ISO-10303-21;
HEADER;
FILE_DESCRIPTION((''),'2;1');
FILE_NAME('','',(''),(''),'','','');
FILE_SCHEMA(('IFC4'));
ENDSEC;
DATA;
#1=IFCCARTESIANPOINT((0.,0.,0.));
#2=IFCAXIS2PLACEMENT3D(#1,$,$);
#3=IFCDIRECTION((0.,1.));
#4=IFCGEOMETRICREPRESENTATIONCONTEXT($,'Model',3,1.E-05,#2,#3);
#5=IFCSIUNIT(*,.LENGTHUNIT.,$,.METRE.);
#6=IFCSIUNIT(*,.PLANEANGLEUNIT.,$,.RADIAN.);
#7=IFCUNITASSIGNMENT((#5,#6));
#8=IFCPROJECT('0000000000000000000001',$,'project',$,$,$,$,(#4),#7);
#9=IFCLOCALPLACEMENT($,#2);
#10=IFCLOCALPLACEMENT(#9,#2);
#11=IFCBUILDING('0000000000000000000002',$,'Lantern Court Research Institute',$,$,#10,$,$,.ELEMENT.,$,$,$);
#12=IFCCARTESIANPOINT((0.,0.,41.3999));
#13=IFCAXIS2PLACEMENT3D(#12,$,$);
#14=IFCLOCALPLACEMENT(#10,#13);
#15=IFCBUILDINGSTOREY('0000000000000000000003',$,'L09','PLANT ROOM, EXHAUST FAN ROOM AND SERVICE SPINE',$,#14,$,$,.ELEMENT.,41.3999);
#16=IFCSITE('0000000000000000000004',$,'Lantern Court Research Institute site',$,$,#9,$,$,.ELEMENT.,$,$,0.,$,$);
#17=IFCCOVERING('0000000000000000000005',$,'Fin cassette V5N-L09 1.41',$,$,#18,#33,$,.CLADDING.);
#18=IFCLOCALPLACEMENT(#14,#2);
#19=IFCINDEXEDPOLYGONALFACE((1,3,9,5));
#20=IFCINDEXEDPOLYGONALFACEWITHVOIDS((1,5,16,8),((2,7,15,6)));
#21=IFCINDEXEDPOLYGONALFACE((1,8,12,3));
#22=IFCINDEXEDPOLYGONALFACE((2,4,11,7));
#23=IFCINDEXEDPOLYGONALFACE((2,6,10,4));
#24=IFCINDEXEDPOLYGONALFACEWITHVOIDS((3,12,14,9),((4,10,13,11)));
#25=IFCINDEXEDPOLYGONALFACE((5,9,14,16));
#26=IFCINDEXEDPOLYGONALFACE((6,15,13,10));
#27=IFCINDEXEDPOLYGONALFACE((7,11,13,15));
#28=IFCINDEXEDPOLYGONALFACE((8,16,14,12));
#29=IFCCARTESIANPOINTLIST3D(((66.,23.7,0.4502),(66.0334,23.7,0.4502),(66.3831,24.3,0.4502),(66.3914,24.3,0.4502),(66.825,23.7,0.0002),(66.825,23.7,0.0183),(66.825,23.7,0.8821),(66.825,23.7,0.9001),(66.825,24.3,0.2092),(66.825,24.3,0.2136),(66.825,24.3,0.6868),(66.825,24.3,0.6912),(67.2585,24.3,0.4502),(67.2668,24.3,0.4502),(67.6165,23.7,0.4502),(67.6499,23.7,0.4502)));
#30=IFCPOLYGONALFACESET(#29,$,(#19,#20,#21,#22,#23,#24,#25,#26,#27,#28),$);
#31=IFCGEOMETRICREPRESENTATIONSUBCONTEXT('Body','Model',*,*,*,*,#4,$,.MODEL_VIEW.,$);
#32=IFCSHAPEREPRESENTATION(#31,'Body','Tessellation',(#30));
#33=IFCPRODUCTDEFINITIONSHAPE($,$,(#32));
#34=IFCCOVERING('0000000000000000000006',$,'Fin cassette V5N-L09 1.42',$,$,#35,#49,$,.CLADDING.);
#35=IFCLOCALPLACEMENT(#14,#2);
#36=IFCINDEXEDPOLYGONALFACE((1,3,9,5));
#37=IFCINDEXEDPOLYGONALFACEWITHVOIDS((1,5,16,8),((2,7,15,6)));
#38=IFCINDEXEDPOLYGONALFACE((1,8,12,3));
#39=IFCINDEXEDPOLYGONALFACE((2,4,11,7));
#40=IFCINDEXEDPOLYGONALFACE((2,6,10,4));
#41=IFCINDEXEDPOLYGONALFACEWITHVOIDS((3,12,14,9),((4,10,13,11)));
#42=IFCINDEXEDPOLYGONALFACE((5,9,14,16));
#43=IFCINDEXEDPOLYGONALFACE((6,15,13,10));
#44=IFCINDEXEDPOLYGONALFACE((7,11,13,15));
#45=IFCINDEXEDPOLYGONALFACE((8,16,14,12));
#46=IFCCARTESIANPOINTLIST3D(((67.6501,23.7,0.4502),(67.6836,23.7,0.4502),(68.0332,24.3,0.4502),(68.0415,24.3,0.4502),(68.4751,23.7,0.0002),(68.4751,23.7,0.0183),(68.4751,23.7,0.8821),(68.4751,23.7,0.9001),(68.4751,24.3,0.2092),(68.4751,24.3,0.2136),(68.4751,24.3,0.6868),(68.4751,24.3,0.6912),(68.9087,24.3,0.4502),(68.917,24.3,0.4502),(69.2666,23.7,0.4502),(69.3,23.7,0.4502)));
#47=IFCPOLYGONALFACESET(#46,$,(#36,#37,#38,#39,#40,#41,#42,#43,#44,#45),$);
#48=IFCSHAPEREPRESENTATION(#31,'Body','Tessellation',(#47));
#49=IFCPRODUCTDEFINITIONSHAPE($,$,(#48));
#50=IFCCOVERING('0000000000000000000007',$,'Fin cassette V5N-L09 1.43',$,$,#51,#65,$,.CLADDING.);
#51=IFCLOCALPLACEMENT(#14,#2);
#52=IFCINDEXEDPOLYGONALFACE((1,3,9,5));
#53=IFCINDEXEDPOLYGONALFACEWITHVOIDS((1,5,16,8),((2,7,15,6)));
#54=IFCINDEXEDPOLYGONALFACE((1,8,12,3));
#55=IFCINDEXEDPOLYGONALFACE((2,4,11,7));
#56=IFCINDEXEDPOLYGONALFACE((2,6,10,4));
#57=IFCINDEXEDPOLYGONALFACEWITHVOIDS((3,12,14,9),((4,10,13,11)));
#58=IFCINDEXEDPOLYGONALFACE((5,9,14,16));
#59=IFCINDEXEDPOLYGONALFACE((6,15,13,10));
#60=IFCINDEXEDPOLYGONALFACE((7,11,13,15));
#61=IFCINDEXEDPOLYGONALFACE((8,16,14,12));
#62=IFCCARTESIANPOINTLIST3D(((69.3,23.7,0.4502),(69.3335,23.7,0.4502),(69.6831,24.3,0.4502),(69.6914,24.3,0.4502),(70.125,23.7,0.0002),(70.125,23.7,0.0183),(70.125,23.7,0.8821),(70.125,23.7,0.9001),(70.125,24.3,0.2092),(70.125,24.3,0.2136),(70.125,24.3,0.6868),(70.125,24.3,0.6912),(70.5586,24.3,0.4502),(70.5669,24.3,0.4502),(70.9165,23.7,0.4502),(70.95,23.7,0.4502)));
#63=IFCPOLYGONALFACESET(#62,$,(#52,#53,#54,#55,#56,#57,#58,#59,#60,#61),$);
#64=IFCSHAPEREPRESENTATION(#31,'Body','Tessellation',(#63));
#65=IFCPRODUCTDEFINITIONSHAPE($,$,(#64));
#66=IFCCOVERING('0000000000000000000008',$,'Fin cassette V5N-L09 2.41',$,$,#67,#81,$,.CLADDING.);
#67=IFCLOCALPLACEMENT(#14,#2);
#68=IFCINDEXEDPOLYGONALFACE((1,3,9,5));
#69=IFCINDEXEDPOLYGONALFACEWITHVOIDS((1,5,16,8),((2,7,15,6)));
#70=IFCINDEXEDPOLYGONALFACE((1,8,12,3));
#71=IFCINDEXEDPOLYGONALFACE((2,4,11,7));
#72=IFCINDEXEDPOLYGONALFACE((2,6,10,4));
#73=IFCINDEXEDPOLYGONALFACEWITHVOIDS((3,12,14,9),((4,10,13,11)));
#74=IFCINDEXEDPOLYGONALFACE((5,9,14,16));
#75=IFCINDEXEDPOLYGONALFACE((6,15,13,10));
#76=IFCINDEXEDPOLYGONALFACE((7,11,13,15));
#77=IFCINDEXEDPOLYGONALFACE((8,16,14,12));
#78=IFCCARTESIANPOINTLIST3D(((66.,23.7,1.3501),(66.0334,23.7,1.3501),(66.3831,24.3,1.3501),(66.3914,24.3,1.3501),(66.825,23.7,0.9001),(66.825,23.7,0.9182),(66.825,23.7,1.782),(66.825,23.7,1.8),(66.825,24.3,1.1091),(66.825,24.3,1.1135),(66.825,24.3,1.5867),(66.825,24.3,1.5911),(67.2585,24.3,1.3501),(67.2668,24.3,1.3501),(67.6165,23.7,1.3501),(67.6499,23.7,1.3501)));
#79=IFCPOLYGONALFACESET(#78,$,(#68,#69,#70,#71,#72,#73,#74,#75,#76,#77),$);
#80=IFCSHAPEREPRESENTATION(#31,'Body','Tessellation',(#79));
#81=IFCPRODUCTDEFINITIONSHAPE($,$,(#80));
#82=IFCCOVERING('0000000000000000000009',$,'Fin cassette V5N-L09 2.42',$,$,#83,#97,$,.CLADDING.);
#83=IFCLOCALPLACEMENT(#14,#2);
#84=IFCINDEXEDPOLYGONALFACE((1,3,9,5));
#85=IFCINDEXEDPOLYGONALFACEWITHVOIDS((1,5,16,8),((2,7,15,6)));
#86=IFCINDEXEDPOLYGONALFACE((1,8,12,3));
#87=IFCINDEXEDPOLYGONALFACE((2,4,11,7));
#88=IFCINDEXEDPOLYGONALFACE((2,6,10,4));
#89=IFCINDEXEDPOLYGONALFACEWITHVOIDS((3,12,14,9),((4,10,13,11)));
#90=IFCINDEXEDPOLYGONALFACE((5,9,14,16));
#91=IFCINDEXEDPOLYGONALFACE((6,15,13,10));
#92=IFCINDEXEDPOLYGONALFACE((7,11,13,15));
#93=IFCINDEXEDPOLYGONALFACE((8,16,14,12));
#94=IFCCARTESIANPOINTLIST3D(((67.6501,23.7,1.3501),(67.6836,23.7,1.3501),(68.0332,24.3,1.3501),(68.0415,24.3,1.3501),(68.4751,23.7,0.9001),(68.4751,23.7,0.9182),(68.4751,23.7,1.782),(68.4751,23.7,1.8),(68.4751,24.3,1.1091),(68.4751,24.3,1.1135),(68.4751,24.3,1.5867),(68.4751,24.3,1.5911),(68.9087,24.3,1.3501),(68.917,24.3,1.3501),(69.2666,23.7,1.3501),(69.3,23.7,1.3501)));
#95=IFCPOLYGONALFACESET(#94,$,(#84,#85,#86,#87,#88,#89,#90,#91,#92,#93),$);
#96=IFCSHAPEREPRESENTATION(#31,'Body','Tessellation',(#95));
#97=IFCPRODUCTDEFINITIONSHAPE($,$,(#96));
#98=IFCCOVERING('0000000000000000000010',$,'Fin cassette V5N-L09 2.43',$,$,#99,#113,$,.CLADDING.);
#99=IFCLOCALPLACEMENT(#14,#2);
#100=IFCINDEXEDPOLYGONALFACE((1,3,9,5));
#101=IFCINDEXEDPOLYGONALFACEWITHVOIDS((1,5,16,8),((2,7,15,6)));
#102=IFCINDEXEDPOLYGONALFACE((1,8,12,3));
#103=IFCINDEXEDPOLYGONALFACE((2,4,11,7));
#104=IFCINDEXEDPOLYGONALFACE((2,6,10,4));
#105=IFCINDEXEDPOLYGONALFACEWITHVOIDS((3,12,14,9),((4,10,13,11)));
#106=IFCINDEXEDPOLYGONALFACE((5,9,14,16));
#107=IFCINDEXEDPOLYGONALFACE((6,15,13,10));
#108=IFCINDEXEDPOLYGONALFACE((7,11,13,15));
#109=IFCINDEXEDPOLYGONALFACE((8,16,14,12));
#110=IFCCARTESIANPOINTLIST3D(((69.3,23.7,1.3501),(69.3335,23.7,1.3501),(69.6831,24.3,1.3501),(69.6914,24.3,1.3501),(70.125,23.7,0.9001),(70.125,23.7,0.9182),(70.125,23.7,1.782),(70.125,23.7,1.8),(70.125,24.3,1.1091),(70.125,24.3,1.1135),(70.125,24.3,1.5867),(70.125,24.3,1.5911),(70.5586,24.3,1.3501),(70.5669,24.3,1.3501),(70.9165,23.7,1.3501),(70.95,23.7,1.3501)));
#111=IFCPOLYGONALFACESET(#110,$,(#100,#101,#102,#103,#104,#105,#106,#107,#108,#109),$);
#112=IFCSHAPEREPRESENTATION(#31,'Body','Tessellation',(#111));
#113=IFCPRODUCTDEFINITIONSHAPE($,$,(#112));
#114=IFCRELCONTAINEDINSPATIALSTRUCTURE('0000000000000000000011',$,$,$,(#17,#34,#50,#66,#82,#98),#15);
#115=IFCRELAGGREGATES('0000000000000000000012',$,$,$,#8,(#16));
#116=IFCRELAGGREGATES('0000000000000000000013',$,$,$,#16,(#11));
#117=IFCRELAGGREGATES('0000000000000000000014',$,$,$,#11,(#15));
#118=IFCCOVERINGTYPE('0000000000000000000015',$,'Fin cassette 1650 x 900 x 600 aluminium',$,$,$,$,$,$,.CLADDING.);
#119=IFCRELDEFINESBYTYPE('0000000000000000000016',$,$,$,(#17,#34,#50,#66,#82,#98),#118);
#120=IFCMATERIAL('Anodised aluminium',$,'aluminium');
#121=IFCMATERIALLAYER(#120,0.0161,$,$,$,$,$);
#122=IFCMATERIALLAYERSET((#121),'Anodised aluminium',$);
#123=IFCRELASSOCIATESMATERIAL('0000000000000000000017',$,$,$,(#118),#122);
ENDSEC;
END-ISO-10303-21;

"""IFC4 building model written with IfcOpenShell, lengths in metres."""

from ifc_helpers import new_model, entity, si_unit, direction, frame, origin, place, context, subcontext, project, spatial, material, layer, layer_set, type_object, element, save


model = new_model("IFC4")

# Units and contexts
model_context = context("Model", 3, precision=1e-05, world=origin(), true_north=direction((0.0, 1.0)))
body_context = subcontext(model_context, "Body", "Model", "MODEL_VIEW")
ifc_project = project(units=[si_unit("LENGTHUNIT", "METRE"), si_unit("PLANEANGLEUNIT", "RADIAN")], contexts=[model_context])

# Site, building, storey
site_placement = place(None, origin())
site = spatial("IfcSite", under=ifc_project, at=site_placement, Name="Lantern Court Research Institute site", CompositionType="ELEMENT", RefElevation=0.0)
building_placement = place(site_placement, origin())
building = spatial("IfcBuilding", under=site, at=building_placement, Name="Lantern Court Research Institute", CompositionType="ELEMENT")
storey_placement = place(building_placement, frame((0.0, 0.0, 41.3999)))
storey = spatial("IfcBuildingStorey", under=building, at=storey_placement, Name="L09", Description="PLANT ROOM, EXHAUST FAN ROOM AND SERVICE SPINE", CompositionType="ELEMENT", Elevation=41.3999)

# Coverings
ifc_material_1 = material(Name="Anodised aluminium", Category="aluminium")
ifc_layer_1 = layer(ifc_material_1, 0.0161)
ifc_layer_set_1 = layer_set([ifc_layer_1], Name="Anodised aluminium")
covering_type = type_object("IfcCoveringType", Name="Fin cassette 1650 x 900 x 600 aluminium", PredefinedType="CLADDING", material=ifc_layer_set_1)
covering_1_placement = place(storey_placement, frame((66.825, 23.7, 0.4502), z_axis=(0.0, 1.0, 0.0), x_axis=(-1.0, 0.0, 0.0)))
cartesian_point_1 = entity("IfcCartesianPoint", [0.825, 0.0])
cartesian_point_2 = entity("IfcCartesianPoint", [0.7915, 0.0])
cartesian_point_3 = entity("IfcCartesianPoint", [0.4419, 0.0])
cartesian_point_4 = entity("IfcCartesianPoint", [0.4336, 0.0])
element("IfcCovering", 1, at=covering_1_placement, inside=storey, type_object=covering_type, Name="Fin cassette V5N-L09 1.41", PredefinedType="CLADDING", context=body_context, shape_type="SweptSolid", body=[
    entity("IfcExtrudedAreaSolidTapered", entity("IfcArbitraryProfileDefWithVoids", "AREA", None, entity("IfcPolyline", [cartesian_point_1, entity("IfcCartesianPoint", [0.0, 0.45]), entity("IfcCartesianPoint", [-0.825, 0.0]), entity("IfcCartesianPoint", [0.0, -0.45]), cartesian_point_1]), [entity("IfcPolyline", [cartesian_point_2, entity("IfcCartesianPoint", [0.0, 0.4319]), entity("IfcCartesianPoint", [-0.7915, 0.0]), entity("IfcCartesianPoint", [0.0, -0.4319]), cartesian_point_2])]), entity("IfcAxis2Placement3D", entity("IfcCartesianPoint", [0.0, 0.0, 0.0])), entity("IfcDirection", [0.0, 0.0, 1.0]), 0.6001, entity("IfcArbitraryProfileDefWithVoids", "AREA", None, entity("IfcPolyline", [cartesian_point_3, entity("IfcCartesianPoint", [0.0, 0.241]), entity("IfcCartesianPoint", [-0.4419, 0.0]), entity("IfcCartesianPoint", [0.0, -0.241]), cartesian_point_3]), [entity("IfcPolyline", [cartesian_point_4, entity("IfcCartesianPoint", [0.0, 0.2366]), entity("IfcCartesianPoint", [-0.4336, 0.0]), entity("IfcCartesianPoint", [0.0, -0.2366]), cartesian_point_4])])),
])
covering_2_placement = place(storey_placement, frame((68.4751, 23.7, 0.4502), z_axis=(0.0, 1.0, 0.0), x_axis=(-1.0, 0.0, 0.0)))
cartesian_point_5 = entity("IfcCartesianPoint", [0.825, 0.0])
cartesian_point_6 = entity("IfcCartesianPoint", [0.7915, 0.0])
cartesian_point_7 = entity("IfcCartesianPoint", [0.4419, 0.0])
cartesian_point_8 = entity("IfcCartesianPoint", [0.4336, 0.0])
element("IfcCovering", 2, at=covering_2_placement, inside=storey, type_object=covering_type, Name="Fin cassette V5N-L09 1.42", PredefinedType="CLADDING", context=body_context, shape_type="SweptSolid", body=[
    entity("IfcExtrudedAreaSolidTapered", entity("IfcArbitraryProfileDefWithVoids", "AREA", None, entity("IfcPolyline", [cartesian_point_5, entity("IfcCartesianPoint", [0.0, 0.45]), entity("IfcCartesianPoint", [-0.825, 0.0]), entity("IfcCartesianPoint", [0.0, -0.45]), cartesian_point_5]), [entity("IfcPolyline", [cartesian_point_6, entity("IfcCartesianPoint", [0.0, 0.4319]), entity("IfcCartesianPoint", [-0.7915, 0.0]), entity("IfcCartesianPoint", [0.0, -0.4319]), cartesian_point_6])]), entity("IfcAxis2Placement3D", entity("IfcCartesianPoint", [0.0, 0.0, 0.0])), entity("IfcDirection", [0.0, 0.0, 1.0]), 0.6001, entity("IfcArbitraryProfileDefWithVoids", "AREA", None, entity("IfcPolyline", [cartesian_point_7, entity("IfcCartesianPoint", [0.0, 0.241]), entity("IfcCartesianPoint", [-0.4419, 0.0]), entity("IfcCartesianPoint", [0.0, -0.241]), cartesian_point_7]), [entity("IfcPolyline", [cartesian_point_8, entity("IfcCartesianPoint", [0.0, 0.2366]), entity("IfcCartesianPoint", [-0.4336, 0.0]), entity("IfcCartesianPoint", [0.0, -0.2366]), cartesian_point_8])])),
])
covering_3_placement = place(storey_placement, frame((70.125, 23.7, 0.4502), z_axis=(0.0, 1.0, 0.0), x_axis=(-1.0, 0.0, 0.0)))
cartesian_point_9 = entity("IfcCartesianPoint", [0.825, 0.0])
cartesian_point_10 = entity("IfcCartesianPoint", [0.7915, 0.0])
cartesian_point_11 = entity("IfcCartesianPoint", [0.4419, 0.0])
cartesian_point_12 = entity("IfcCartesianPoint", [0.4336, 0.0])
element("IfcCovering", 3, at=covering_3_placement, inside=storey, type_object=covering_type, Name="Fin cassette V5N-L09 1.43", PredefinedType="CLADDING", context=body_context, shape_type="SweptSolid", body=[
    entity("IfcExtrudedAreaSolidTapered", entity("IfcArbitraryProfileDefWithVoids", "AREA", None, entity("IfcPolyline", [cartesian_point_9, entity("IfcCartesianPoint", [0.0, 0.45]), entity("IfcCartesianPoint", [-0.825, 0.0]), entity("IfcCartesianPoint", [0.0, -0.45]), cartesian_point_9]), [entity("IfcPolyline", [cartesian_point_10, entity("IfcCartesianPoint", [0.0, 0.4319]), entity("IfcCartesianPoint", [-0.7915, 0.0]), entity("IfcCartesianPoint", [0.0, -0.4319]), cartesian_point_10])]), entity("IfcAxis2Placement3D", entity("IfcCartesianPoint", [0.0, 0.0, 0.0])), entity("IfcDirection", [0.0, 0.0, 1.0]), 0.6001, entity("IfcArbitraryProfileDefWithVoids", "AREA", None, entity("IfcPolyline", [cartesian_point_11, entity("IfcCartesianPoint", [0.0, 0.241]), entity("IfcCartesianPoint", [-0.4419, 0.0]), entity("IfcCartesianPoint", [0.0, -0.241]), cartesian_point_11]), [entity("IfcPolyline", [cartesian_point_12, entity("IfcCartesianPoint", [0.0, 0.2366]), entity("IfcCartesianPoint", [-0.4336, 0.0]), entity("IfcCartesianPoint", [0.0, -0.2366]), cartesian_point_12])])),
])
covering_4_placement = place(storey_placement, frame((66.825, 23.7, 1.3501), z_axis=(0.0, 1.0, 0.0), x_axis=(-1.0, 0.0, 0.0)))
cartesian_point_13 = entity("IfcCartesianPoint", [0.825, 0.0])
cartesian_point_14 = entity("IfcCartesianPoint", [0.7915, 0.0])
cartesian_point_15 = entity("IfcCartesianPoint", [0.4419, 0.0])
cartesian_point_16 = entity("IfcCartesianPoint", [0.4336, 0.0])
element("IfcCovering", 4, at=covering_4_placement, inside=storey, type_object=covering_type, Name="Fin cassette V5N-L09 2.41", PredefinedType="CLADDING", context=body_context, shape_type="SweptSolid", body=[
    entity("IfcExtrudedAreaSolidTapered", entity("IfcArbitraryProfileDefWithVoids", "AREA", None, entity("IfcPolyline", [cartesian_point_13, entity("IfcCartesianPoint", [0.0, 0.45]), entity("IfcCartesianPoint", [-0.825, 0.0]), entity("IfcCartesianPoint", [0.0, -0.45]), cartesian_point_13]), [entity("IfcPolyline", [cartesian_point_14, entity("IfcCartesianPoint", [0.0, 0.4319]), entity("IfcCartesianPoint", [-0.7915, 0.0]), entity("IfcCartesianPoint", [0.0, -0.4319]), cartesian_point_14])]), entity("IfcAxis2Placement3D", entity("IfcCartesianPoint", [0.0, 0.0, 0.0])), entity("IfcDirection", [0.0, 0.0, 1.0]), 0.6001, entity("IfcArbitraryProfileDefWithVoids", "AREA", None, entity("IfcPolyline", [cartesian_point_15, entity("IfcCartesianPoint", [0.0, 0.241]), entity("IfcCartesianPoint", [-0.4419, 0.0]), entity("IfcCartesianPoint", [0.0, -0.241]), cartesian_point_15]), [entity("IfcPolyline", [cartesian_point_16, entity("IfcCartesianPoint", [0.0, 0.2366]), entity("IfcCartesianPoint", [-0.4336, 0.0]), entity("IfcCartesianPoint", [0.0, -0.2366]), cartesian_point_16])])),
])
covering_5_placement = place(storey_placement, frame((68.4751, 23.7, 1.3501), z_axis=(0.0, 1.0, 0.0), x_axis=(-1.0, 0.0, 0.0)))
cartesian_point_17 = entity("IfcCartesianPoint", [0.825, 0.0])
cartesian_point_18 = entity("IfcCartesianPoint", [0.7915, 0.0])
cartesian_point_19 = entity("IfcCartesianPoint", [0.4419, 0.0])
cartesian_point_20 = entity("IfcCartesianPoint", [0.4336, 0.0])
element("IfcCovering", 5, at=covering_5_placement, inside=storey, type_object=covering_type, Name="Fin cassette V5N-L09 2.42", PredefinedType="CLADDING", context=body_context, shape_type="SweptSolid", body=[
    entity("IfcExtrudedAreaSolidTapered", entity("IfcArbitraryProfileDefWithVoids", "AREA", None, entity("IfcPolyline", [cartesian_point_17, entity("IfcCartesianPoint", [0.0, 0.45]), entity("IfcCartesianPoint", [-0.825, 0.0]), entity("IfcCartesianPoint", [0.0, -0.45]), cartesian_point_17]), [entity("IfcPolyline", [cartesian_point_18, entity("IfcCartesianPoint", [0.0, 0.4319]), entity("IfcCartesianPoint", [-0.7915, 0.0]), entity("IfcCartesianPoint", [0.0, -0.4319]), cartesian_point_18])]), entity("IfcAxis2Placement3D", entity("IfcCartesianPoint", [0.0, 0.0, 0.0])), entity("IfcDirection", [0.0, 0.0, 1.0]), 0.6001, entity("IfcArbitraryProfileDefWithVoids", "AREA", None, entity("IfcPolyline", [cartesian_point_19, entity("IfcCartesianPoint", [0.0, 0.241]), entity("IfcCartesianPoint", [-0.4419, 0.0]), entity("IfcCartesianPoint", [0.0, -0.241]), cartesian_point_19]), [entity("IfcPolyline", [cartesian_point_20, entity("IfcCartesianPoint", [0.0, 0.2366]), entity("IfcCartesianPoint", [-0.4336, 0.0]), entity("IfcCartesianPoint", [0.0, -0.2366]), cartesian_point_20])])),
])
covering_6_placement = place(storey_placement, frame((70.125, 23.7, 1.3501), z_axis=(0.0, 1.0, 0.0), x_axis=(-1.0, 0.0, 0.0)))
cartesian_point_21 = entity("IfcCartesianPoint", [0.825, 0.0])
cartesian_point_22 = entity("IfcCartesianPoint", [0.7915, 0.0])
cartesian_point_23 = entity("IfcCartesianPoint", [0.4419, 0.0])
cartesian_point_24 = entity("IfcCartesianPoint", [0.4336, 0.0])
element("IfcCovering", 6, at=covering_6_placement, inside=storey, type_object=covering_type, Name="Fin cassette V5N-L09 2.43", PredefinedType="CLADDING", context=body_context, shape_type="SweptSolid", body=[
    entity("IfcExtrudedAreaSolidTapered", entity("IfcArbitraryProfileDefWithVoids", "AREA", None, entity("IfcPolyline", [cartesian_point_21, entity("IfcCartesianPoint", [0.0, 0.45]), entity("IfcCartesianPoint", [-0.825, 0.0]), entity("IfcCartesianPoint", [0.0, -0.45]), cartesian_point_21]), [entity("IfcPolyline", [cartesian_point_22, entity("IfcCartesianPoint", [0.0, 0.4319]), entity("IfcCartesianPoint", [-0.7915, 0.0]), entity("IfcCartesianPoint", [0.0, -0.4319]), cartesian_point_22])]), entity("IfcAxis2Placement3D", entity("IfcCartesianPoint", [0.0, 0.0, 0.0])), entity("IfcDirection", [0.0, 0.0, 1.0]), 0.6001, entity("IfcArbitraryProfileDefWithVoids", "AREA", None, entity("IfcPolyline", [cartesian_point_23, entity("IfcCartesianPoint", [0.0, 0.241]), entity("IfcCartesianPoint", [-0.4419, 0.0]), entity("IfcCartesianPoint", [0.0, -0.241]), cartesian_point_23]), [entity("IfcPolyline", [cartesian_point_24, entity("IfcCartesianPoint", [0.0, 0.2366]), entity("IfcCartesianPoint", [-0.4336, 0.0]), entity("IfcCartesianPoint", [0.0, -0.2366]), cartesian_point_24])])),
])

save(model, "model.ifc")
